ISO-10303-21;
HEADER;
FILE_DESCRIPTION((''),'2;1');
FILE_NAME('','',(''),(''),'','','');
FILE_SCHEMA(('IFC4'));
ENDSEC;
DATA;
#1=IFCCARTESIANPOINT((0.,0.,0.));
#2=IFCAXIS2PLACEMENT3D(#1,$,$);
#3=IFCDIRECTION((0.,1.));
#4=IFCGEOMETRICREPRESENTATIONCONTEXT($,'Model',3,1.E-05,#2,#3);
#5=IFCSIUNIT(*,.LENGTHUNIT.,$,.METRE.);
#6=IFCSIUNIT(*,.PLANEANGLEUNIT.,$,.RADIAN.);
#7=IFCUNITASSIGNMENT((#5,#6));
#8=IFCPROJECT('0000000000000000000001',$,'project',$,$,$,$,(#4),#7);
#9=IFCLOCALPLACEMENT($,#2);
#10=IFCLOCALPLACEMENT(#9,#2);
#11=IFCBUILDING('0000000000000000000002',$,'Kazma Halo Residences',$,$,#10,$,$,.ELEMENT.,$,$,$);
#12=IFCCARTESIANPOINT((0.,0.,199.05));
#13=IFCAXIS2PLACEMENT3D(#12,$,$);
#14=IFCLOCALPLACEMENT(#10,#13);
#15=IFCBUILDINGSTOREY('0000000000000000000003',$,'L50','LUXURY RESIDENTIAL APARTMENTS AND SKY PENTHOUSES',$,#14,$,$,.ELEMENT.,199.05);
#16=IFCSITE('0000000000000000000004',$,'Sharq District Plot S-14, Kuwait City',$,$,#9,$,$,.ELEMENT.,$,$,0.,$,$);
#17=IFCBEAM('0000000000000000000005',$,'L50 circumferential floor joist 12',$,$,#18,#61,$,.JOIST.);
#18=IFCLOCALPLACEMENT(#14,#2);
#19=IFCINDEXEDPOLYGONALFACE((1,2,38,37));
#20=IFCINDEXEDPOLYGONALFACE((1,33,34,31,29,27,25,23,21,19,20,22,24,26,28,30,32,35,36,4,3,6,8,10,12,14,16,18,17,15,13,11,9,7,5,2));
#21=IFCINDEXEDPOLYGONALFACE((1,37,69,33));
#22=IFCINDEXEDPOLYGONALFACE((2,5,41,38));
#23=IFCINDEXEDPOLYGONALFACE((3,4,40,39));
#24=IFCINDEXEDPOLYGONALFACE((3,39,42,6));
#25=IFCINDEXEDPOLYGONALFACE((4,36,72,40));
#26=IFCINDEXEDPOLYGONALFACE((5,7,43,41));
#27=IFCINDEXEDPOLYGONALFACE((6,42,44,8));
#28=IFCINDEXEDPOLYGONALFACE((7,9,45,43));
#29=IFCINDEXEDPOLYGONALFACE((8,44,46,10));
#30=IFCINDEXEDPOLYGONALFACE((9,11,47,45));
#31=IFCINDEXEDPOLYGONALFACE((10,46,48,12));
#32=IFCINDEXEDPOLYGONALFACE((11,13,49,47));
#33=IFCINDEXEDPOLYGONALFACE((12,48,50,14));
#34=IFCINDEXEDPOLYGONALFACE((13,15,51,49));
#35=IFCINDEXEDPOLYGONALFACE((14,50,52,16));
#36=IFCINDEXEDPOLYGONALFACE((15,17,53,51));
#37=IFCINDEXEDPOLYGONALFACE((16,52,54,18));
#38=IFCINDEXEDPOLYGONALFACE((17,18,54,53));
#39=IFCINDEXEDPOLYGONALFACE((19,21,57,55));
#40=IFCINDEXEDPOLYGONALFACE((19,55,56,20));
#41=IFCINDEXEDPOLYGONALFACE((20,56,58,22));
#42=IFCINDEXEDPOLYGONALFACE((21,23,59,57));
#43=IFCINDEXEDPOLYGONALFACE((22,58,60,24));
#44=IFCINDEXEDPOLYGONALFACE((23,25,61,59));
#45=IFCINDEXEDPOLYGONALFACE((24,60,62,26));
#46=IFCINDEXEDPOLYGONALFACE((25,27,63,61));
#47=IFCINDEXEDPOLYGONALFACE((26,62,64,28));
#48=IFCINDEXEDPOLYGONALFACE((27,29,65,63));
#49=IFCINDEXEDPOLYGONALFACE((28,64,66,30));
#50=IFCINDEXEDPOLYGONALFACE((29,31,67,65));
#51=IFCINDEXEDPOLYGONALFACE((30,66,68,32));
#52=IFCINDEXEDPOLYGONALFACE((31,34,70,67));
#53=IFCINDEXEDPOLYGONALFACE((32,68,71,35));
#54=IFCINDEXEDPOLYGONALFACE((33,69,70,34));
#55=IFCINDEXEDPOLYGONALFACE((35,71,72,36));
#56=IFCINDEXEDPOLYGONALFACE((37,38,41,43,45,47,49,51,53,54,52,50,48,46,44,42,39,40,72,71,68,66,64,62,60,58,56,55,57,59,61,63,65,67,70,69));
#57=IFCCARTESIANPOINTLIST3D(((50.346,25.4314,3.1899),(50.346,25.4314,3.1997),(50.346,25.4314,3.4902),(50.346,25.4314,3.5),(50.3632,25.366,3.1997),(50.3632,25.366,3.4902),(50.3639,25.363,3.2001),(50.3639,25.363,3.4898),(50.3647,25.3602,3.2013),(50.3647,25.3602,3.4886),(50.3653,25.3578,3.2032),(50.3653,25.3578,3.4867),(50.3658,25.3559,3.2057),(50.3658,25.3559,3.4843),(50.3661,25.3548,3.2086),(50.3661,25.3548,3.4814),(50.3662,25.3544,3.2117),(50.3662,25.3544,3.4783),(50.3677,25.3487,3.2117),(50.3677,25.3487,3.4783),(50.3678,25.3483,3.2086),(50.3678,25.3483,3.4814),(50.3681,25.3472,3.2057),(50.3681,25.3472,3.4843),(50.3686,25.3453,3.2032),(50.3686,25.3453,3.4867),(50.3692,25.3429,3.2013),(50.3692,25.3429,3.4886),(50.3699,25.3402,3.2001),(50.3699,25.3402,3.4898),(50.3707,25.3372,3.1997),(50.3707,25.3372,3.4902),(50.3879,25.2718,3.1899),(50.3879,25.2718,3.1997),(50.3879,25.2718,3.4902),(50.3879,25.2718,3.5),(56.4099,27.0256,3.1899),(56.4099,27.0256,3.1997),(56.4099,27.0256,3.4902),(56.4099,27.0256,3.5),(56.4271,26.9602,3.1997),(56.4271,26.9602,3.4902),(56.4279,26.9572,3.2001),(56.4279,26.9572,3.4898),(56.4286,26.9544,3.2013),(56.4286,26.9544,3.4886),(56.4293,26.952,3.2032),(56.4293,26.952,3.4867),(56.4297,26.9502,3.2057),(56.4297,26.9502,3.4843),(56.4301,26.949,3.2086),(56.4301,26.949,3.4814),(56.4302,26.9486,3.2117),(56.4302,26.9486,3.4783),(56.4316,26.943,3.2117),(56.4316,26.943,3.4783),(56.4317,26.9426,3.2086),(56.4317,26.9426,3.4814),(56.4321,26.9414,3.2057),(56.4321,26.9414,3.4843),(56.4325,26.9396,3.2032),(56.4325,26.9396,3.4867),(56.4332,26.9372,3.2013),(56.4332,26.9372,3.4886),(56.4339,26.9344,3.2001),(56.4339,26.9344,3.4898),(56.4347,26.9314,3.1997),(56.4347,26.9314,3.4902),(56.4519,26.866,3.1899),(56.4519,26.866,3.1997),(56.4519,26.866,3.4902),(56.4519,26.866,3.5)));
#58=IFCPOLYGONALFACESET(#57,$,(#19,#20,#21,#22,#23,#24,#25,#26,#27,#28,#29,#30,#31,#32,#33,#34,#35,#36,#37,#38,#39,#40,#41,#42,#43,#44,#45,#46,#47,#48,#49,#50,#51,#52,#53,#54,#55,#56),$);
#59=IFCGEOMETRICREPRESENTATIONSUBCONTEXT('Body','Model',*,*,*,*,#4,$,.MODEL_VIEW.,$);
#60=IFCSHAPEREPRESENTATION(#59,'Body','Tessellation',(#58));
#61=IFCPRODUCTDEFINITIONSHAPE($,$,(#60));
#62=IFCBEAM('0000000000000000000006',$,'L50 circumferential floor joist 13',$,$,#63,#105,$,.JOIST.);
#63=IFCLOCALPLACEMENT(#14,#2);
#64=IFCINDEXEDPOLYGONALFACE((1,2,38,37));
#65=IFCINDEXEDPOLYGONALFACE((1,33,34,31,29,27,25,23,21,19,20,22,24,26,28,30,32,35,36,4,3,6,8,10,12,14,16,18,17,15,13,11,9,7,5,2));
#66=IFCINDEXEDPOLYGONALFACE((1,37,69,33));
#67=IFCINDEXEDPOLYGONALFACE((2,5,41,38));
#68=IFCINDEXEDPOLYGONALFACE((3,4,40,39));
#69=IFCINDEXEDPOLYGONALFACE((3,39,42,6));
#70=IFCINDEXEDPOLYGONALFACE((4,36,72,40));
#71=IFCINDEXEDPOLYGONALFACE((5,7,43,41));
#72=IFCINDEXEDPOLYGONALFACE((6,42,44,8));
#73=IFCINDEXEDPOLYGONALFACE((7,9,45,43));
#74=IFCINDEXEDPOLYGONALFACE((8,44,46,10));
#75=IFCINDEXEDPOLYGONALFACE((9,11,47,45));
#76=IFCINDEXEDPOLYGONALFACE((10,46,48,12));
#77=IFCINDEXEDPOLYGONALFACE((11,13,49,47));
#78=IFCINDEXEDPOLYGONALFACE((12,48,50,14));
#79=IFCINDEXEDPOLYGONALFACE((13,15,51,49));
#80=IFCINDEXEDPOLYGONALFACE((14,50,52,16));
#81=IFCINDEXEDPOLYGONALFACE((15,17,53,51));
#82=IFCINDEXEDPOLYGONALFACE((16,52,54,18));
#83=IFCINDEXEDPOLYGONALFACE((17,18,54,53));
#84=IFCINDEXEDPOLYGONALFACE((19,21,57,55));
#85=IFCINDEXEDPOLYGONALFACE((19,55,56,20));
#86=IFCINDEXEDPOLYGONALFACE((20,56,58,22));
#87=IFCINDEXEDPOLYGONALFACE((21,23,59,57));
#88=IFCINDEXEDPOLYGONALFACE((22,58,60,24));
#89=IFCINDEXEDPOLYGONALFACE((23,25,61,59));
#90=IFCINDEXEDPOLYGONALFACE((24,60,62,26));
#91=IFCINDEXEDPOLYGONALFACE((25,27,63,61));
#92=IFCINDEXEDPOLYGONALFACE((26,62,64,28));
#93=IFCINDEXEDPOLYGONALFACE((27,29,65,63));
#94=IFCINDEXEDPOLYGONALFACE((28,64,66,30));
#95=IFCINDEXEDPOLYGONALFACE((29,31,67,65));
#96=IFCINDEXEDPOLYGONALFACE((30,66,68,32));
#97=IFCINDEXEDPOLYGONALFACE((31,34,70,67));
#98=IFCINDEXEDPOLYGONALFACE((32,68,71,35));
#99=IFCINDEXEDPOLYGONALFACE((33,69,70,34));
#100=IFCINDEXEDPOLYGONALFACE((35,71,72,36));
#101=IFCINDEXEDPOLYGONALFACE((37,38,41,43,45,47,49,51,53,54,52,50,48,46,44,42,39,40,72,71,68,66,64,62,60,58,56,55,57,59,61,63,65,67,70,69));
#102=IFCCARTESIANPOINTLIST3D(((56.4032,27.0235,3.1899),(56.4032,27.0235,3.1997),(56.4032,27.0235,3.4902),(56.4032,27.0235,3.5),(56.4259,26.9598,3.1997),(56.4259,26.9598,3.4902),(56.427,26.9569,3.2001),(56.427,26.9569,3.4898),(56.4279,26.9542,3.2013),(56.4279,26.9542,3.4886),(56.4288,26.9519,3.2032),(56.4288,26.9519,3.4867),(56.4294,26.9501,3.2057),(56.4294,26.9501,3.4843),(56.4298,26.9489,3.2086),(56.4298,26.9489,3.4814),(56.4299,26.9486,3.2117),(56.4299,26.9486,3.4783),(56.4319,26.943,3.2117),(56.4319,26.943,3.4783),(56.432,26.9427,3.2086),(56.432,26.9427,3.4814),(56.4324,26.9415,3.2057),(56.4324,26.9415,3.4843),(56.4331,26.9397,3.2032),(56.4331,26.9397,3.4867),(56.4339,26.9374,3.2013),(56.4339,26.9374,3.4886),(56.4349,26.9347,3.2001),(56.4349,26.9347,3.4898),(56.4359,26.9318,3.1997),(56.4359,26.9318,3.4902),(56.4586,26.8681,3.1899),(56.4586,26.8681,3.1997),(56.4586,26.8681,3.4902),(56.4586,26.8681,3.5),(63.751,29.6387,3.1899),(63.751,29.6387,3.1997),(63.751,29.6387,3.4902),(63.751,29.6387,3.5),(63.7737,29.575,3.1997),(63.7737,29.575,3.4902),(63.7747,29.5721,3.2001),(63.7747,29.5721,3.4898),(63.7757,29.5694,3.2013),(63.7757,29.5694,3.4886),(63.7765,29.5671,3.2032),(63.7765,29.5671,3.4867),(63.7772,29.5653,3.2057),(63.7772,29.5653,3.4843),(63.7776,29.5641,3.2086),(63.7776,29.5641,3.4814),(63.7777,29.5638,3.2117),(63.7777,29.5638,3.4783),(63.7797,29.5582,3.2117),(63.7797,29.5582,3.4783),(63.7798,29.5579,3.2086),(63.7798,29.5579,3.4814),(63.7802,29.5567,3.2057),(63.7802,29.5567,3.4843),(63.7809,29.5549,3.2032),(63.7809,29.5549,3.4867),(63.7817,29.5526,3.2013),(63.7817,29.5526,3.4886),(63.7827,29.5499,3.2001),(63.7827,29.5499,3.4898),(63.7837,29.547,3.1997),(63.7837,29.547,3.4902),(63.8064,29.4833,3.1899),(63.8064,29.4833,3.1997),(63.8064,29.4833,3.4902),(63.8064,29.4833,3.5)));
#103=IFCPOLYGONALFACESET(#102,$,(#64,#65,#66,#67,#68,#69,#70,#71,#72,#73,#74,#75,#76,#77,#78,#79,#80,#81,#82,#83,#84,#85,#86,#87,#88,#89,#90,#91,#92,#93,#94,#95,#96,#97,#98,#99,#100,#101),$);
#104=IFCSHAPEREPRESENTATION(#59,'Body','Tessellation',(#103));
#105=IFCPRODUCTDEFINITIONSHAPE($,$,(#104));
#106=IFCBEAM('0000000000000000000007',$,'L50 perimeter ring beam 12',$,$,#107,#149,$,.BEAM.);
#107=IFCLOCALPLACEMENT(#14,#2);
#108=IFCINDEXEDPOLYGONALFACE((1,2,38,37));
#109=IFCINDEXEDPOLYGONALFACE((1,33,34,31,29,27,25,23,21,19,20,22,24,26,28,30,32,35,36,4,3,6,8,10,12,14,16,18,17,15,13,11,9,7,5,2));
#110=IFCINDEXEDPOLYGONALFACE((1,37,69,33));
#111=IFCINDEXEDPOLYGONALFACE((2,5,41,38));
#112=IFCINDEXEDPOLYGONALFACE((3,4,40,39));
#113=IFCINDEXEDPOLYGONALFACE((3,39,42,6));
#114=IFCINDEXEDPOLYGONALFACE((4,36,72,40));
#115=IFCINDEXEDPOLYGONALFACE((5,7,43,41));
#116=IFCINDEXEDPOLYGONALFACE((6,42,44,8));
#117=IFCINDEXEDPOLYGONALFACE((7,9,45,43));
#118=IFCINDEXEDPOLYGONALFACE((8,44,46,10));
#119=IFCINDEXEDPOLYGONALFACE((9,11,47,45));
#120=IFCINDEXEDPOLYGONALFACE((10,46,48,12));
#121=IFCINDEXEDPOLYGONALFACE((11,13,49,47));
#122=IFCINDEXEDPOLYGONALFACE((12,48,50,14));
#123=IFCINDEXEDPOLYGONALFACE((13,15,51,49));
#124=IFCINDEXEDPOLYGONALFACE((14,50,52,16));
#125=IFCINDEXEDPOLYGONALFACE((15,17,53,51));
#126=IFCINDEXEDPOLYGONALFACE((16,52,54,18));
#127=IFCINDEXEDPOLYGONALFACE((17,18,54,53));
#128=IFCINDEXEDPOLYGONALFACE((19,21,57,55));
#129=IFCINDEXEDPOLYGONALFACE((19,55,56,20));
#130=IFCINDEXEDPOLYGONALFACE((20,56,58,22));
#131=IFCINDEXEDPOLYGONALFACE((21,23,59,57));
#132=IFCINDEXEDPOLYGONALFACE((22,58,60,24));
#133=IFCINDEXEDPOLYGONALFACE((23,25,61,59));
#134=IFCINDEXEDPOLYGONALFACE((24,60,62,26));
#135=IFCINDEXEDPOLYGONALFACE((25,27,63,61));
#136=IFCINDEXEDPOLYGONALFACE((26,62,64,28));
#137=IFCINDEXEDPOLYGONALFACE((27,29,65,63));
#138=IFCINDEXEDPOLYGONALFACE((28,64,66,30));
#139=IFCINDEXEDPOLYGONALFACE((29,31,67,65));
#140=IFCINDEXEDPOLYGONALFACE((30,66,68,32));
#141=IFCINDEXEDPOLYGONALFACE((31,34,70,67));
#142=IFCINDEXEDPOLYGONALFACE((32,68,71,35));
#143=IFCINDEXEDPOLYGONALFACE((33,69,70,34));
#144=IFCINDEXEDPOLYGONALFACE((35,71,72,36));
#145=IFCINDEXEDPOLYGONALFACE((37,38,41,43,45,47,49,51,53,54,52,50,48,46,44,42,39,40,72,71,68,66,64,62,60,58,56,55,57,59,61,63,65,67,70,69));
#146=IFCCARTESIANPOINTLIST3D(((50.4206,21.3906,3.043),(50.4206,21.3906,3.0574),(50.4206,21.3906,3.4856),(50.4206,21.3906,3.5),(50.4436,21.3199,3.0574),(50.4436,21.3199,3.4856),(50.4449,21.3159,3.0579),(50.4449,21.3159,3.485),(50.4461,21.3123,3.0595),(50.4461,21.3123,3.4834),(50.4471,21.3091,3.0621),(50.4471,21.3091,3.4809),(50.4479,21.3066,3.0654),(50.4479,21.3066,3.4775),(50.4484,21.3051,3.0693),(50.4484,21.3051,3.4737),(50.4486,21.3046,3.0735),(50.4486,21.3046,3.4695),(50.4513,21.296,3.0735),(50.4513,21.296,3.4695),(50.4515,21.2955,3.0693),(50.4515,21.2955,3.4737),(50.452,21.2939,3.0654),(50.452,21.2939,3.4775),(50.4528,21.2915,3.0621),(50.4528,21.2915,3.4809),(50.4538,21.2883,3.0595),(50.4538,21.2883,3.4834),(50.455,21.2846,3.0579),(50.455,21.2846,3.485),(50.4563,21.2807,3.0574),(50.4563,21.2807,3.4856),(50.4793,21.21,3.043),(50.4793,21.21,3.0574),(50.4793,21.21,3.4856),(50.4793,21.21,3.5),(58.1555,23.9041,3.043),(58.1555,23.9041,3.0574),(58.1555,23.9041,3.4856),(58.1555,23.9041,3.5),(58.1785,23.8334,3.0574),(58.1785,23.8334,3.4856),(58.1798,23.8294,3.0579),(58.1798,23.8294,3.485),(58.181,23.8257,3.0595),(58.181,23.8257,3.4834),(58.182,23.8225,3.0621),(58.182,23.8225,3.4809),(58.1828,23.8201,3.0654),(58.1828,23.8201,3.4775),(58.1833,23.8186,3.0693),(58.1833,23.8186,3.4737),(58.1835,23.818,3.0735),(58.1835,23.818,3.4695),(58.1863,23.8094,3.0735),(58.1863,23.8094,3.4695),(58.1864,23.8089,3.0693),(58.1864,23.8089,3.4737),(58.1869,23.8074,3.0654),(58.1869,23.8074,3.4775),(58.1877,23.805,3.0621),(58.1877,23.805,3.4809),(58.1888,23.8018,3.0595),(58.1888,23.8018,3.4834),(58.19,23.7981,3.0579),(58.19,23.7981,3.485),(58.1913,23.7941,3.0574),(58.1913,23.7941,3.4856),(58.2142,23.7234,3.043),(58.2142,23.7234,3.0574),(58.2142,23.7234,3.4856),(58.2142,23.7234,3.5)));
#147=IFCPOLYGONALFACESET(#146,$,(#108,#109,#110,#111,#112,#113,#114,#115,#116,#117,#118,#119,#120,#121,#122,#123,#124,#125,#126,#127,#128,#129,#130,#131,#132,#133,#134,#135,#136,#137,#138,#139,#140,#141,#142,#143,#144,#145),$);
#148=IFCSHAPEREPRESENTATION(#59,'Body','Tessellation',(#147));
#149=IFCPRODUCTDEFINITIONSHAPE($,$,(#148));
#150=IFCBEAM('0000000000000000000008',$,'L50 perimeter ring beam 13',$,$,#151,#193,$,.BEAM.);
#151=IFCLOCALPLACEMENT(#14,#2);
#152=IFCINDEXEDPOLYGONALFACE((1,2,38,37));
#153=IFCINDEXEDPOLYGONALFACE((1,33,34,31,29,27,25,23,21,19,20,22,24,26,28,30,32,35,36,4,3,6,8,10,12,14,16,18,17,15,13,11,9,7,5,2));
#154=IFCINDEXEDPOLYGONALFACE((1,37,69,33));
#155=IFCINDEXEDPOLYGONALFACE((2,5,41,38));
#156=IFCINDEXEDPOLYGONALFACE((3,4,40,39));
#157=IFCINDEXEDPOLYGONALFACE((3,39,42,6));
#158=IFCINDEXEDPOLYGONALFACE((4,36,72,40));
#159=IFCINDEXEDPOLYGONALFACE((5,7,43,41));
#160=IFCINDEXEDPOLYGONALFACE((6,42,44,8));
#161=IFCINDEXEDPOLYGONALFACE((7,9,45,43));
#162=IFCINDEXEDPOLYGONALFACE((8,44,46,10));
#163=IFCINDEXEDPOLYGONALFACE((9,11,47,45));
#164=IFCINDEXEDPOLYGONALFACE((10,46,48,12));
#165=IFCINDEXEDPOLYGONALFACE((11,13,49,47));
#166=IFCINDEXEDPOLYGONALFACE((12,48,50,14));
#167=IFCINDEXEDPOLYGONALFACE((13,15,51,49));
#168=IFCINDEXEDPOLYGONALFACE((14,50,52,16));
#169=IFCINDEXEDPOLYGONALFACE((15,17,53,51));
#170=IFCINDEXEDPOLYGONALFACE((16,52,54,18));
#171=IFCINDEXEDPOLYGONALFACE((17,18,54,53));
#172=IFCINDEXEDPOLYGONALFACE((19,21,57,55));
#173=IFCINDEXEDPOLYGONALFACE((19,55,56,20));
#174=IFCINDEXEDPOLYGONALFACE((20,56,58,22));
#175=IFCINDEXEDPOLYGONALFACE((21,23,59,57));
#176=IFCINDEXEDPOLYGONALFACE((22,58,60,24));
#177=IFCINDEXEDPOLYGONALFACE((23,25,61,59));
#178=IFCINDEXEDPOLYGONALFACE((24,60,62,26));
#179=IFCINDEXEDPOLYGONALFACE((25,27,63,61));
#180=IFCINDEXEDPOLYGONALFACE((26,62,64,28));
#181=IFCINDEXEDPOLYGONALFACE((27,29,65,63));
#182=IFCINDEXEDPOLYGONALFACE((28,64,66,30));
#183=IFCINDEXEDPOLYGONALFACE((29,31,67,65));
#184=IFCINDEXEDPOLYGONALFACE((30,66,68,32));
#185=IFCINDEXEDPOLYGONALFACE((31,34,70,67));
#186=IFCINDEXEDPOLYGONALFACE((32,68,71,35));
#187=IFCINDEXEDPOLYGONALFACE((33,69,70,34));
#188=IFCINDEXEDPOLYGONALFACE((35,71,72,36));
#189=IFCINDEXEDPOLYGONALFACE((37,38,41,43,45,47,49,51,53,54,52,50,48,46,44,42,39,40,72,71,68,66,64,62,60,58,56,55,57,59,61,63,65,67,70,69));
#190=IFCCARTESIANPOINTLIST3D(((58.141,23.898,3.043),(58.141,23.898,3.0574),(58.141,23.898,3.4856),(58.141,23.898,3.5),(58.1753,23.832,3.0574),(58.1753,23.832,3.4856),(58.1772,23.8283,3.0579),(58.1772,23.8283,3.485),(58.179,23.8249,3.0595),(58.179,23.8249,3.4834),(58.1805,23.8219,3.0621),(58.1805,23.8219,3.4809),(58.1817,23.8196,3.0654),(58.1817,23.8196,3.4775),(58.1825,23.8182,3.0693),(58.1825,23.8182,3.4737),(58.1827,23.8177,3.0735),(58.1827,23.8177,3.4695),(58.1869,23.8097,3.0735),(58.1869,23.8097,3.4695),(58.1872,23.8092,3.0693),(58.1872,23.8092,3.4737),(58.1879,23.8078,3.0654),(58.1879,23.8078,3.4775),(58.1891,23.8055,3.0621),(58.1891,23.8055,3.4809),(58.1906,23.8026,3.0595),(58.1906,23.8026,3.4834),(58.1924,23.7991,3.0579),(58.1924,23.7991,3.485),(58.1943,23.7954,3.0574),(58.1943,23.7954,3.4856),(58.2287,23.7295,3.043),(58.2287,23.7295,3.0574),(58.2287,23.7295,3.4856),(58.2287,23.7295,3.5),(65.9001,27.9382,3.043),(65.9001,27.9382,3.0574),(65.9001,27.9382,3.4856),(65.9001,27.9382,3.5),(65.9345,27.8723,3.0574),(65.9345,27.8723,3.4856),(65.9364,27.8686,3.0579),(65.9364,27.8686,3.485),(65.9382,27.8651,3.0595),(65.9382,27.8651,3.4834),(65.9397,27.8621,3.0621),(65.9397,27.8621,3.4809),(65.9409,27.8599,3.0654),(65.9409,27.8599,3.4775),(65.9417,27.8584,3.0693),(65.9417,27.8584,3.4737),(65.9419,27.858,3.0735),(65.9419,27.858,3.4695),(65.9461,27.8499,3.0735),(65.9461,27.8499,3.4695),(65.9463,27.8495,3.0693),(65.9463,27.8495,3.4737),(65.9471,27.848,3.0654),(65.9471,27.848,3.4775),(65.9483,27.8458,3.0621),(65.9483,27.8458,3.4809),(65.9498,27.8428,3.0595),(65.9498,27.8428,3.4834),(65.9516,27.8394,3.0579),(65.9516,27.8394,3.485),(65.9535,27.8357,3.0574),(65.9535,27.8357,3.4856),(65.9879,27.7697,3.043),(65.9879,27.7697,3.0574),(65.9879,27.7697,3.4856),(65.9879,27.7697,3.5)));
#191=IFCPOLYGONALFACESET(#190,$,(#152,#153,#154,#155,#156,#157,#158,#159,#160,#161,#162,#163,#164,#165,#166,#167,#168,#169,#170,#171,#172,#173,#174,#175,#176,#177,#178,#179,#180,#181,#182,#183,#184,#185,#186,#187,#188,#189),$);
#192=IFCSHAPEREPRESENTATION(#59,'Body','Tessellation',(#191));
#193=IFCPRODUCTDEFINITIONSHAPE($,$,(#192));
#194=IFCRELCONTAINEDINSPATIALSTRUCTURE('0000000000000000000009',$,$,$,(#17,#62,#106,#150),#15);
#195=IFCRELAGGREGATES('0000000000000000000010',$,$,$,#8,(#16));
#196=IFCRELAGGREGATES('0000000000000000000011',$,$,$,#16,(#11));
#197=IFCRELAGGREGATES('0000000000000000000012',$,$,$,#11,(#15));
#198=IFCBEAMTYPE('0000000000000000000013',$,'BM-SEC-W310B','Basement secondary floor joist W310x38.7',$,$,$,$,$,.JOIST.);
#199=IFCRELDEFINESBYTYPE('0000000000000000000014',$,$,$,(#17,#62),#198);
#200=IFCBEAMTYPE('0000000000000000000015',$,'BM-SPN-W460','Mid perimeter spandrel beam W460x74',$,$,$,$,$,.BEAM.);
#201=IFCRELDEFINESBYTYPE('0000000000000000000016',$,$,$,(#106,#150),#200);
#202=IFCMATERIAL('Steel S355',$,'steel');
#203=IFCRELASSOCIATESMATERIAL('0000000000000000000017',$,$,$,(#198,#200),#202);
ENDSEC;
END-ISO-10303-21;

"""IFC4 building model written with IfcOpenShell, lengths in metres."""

from ifc_helpers import new_model, si_unit, direction, frame, origin, origin_2d, place, context, subcontext, project, spatial, i_section, extrude, material, material_profile, profile_set, type_object, element, save


model = new_model("IFC4")

# Units and contexts
model_context = context("Model", 3, precision=1e-05, world=origin(), true_north=direction((0.0, 1.0)))
body_context = subcontext(model_context, "Body", "Model", "MODEL_VIEW")
ifc_project = project(units=[si_unit("LENGTHUNIT", "METRE"), si_unit("PLANEANGLEUNIT", "RADIAN")], contexts=[model_context])

# Site, building, storey
site_placement = place(None, origin())
site = spatial("IfcSite", under=ifc_project, at=site_placement, Name="Sharq District Plot S-14, Kuwait City", CompositionType="ELEMENT", RefElevation=0.0)
building_placement = place(site_placement, origin())
building = spatial("IfcBuilding", under=site, at=building_placement, Name="Kazma Halo Residences", CompositionType="ELEMENT")
storey_placement = place(building_placement, frame((0.0, 0.0, 199.05)))
storey = spatial("IfcBuildingStorey", under=building, at=storey_placement, Name="L50", Description="LUXURY RESIDENTIAL APARTMENTS AND SKY PENTHOUSES", CompositionType="ELEMENT", Elevation=199.05)

# Beams
ifc_material_1 = material(Name="Steel S355", Category="steel")
ifc_material_profile_1 = material_profile(ifc_material_1, i_section(OverallWidth=0.165, OverallDepth=0.3101, WebThickness=0.0059, FlangeThickness=0.0098, FilletRadius=0.012, at=origin_2d()), Name="W310x38.7")
ifc_profile_set_1 = profile_set([ifc_material_profile_1], Name="Steel S355")
beam_type_1 = type_object("IfcBeamType", Name="BM-SEC-W310B", Description="Basement secondary floor joist W310x38.7", PredefinedType="JOIST", material=ifc_profile_set_1)
beam_1_placement = place(storey_placement, frame((50.3669, 25.3516, 3.345), z_axis=(0.967135, 0.254263, 0.0), x_axis=(-0.254263, 0.967135, 0.0)))
element("IfcBeam", 1, at=beam_1_placement, inside=storey, type_object=beam_type_1, Name="L50 circumferential floor joist 12", PredefinedType="JOIST", context=body_context, shape_type="SweptSolid", body=[
    extrude(i_section(OverallWidth=0.165, OverallDepth=0.3101, WebThickness=0.0059, FlangeThickness=0.0098, FilletRadius=0.012, at=origin_2d()), origin(), (0.0, 0.0, 1.0), 6.27),
])
beam_2_placement = place(storey_placement, frame((56.4309, 26.9458, 3.345), z_axis=(0.942107, 0.335311, 0.0), x_axis=(-0.335311, 0.942107, 0.0)))
element("IfcBeam", 2, at=beam_2_placement, inside=storey, type_object=beam_type_1, Name="L50 circumferential floor joist 13", PredefinedType="JOIST", context=body_context, shape_type="SweptSolid", body=[
    extrude(i_section(OverallWidth=0.165, OverallDepth=0.3101, WebThickness=0.0059, FlangeThickness=0.0098, FilletRadius=0.012, at=origin_2d()), origin(), (0.0, 0.0, 1.0), 7.7993),
])
ifc_material_profile_2 = material_profile(ifc_material_1, i_section(OverallWidth=0.1899, OverallDepth=0.457, WebThickness=0.009, FlangeThickness=0.0144, FilletRadius=0.0161, at=origin_2d()), Name="W460x74")
ifc_profile_set_2 = profile_set([ifc_material_profile_2], Name="Steel S355")
beam_type_2 = type_object("IfcBeamType", Name="BM-SPN-W460", Description="Mid perimeter spandrel beam W460x74", PredefinedType="BEAM", material=ifc_profile_set_2)
beam_3_placement = place(storey_placement, frame((50.45, 21.3003, 3.2715), z_axis=(0.951049, 0.309041, 0.0), x_axis=(-0.309041, 0.951049, 0.0)))
element("IfcBeam", 3, at=beam_3_placement, inside=storey, type_object=beam_type_2, Name="L50 perimeter ring beam 12", PredefinedType="BEAM", context=body_context, shape_type="SweptSolid", body=[
    extrude(i_section(OverallWidth=0.1899, OverallDepth=0.457, WebThickness=0.009, FlangeThickness=0.0144, FilletRadius=0.0161, at=origin_2d()), origin(), (0.0, 0.0, 1.0), 8.1331),
])
beam_4_placement = place(storey_placement, frame((58.1848, 23.8137, 3.2715), z_axis=(0.886961, 0.461844, 0.0), x_axis=(-0.461844, 0.886961, 0.0)))
element("IfcBeam", 4, at=beam_4_placement, inside=storey, type_object=beam_type_2, Name="L50 perimeter ring beam 13", PredefinedType="BEAM", context=body_context, shape_type="SweptSolid", body=[
    extrude(i_section(OverallWidth=0.1899, OverallDepth=0.457, WebThickness=0.009, FlangeThickness=0.0144, FilletRadius=0.0161, at=origin_2d()), origin(), (0.0, 0.0, 1.0), 8.748),
])

save(model, "model.ifc")
